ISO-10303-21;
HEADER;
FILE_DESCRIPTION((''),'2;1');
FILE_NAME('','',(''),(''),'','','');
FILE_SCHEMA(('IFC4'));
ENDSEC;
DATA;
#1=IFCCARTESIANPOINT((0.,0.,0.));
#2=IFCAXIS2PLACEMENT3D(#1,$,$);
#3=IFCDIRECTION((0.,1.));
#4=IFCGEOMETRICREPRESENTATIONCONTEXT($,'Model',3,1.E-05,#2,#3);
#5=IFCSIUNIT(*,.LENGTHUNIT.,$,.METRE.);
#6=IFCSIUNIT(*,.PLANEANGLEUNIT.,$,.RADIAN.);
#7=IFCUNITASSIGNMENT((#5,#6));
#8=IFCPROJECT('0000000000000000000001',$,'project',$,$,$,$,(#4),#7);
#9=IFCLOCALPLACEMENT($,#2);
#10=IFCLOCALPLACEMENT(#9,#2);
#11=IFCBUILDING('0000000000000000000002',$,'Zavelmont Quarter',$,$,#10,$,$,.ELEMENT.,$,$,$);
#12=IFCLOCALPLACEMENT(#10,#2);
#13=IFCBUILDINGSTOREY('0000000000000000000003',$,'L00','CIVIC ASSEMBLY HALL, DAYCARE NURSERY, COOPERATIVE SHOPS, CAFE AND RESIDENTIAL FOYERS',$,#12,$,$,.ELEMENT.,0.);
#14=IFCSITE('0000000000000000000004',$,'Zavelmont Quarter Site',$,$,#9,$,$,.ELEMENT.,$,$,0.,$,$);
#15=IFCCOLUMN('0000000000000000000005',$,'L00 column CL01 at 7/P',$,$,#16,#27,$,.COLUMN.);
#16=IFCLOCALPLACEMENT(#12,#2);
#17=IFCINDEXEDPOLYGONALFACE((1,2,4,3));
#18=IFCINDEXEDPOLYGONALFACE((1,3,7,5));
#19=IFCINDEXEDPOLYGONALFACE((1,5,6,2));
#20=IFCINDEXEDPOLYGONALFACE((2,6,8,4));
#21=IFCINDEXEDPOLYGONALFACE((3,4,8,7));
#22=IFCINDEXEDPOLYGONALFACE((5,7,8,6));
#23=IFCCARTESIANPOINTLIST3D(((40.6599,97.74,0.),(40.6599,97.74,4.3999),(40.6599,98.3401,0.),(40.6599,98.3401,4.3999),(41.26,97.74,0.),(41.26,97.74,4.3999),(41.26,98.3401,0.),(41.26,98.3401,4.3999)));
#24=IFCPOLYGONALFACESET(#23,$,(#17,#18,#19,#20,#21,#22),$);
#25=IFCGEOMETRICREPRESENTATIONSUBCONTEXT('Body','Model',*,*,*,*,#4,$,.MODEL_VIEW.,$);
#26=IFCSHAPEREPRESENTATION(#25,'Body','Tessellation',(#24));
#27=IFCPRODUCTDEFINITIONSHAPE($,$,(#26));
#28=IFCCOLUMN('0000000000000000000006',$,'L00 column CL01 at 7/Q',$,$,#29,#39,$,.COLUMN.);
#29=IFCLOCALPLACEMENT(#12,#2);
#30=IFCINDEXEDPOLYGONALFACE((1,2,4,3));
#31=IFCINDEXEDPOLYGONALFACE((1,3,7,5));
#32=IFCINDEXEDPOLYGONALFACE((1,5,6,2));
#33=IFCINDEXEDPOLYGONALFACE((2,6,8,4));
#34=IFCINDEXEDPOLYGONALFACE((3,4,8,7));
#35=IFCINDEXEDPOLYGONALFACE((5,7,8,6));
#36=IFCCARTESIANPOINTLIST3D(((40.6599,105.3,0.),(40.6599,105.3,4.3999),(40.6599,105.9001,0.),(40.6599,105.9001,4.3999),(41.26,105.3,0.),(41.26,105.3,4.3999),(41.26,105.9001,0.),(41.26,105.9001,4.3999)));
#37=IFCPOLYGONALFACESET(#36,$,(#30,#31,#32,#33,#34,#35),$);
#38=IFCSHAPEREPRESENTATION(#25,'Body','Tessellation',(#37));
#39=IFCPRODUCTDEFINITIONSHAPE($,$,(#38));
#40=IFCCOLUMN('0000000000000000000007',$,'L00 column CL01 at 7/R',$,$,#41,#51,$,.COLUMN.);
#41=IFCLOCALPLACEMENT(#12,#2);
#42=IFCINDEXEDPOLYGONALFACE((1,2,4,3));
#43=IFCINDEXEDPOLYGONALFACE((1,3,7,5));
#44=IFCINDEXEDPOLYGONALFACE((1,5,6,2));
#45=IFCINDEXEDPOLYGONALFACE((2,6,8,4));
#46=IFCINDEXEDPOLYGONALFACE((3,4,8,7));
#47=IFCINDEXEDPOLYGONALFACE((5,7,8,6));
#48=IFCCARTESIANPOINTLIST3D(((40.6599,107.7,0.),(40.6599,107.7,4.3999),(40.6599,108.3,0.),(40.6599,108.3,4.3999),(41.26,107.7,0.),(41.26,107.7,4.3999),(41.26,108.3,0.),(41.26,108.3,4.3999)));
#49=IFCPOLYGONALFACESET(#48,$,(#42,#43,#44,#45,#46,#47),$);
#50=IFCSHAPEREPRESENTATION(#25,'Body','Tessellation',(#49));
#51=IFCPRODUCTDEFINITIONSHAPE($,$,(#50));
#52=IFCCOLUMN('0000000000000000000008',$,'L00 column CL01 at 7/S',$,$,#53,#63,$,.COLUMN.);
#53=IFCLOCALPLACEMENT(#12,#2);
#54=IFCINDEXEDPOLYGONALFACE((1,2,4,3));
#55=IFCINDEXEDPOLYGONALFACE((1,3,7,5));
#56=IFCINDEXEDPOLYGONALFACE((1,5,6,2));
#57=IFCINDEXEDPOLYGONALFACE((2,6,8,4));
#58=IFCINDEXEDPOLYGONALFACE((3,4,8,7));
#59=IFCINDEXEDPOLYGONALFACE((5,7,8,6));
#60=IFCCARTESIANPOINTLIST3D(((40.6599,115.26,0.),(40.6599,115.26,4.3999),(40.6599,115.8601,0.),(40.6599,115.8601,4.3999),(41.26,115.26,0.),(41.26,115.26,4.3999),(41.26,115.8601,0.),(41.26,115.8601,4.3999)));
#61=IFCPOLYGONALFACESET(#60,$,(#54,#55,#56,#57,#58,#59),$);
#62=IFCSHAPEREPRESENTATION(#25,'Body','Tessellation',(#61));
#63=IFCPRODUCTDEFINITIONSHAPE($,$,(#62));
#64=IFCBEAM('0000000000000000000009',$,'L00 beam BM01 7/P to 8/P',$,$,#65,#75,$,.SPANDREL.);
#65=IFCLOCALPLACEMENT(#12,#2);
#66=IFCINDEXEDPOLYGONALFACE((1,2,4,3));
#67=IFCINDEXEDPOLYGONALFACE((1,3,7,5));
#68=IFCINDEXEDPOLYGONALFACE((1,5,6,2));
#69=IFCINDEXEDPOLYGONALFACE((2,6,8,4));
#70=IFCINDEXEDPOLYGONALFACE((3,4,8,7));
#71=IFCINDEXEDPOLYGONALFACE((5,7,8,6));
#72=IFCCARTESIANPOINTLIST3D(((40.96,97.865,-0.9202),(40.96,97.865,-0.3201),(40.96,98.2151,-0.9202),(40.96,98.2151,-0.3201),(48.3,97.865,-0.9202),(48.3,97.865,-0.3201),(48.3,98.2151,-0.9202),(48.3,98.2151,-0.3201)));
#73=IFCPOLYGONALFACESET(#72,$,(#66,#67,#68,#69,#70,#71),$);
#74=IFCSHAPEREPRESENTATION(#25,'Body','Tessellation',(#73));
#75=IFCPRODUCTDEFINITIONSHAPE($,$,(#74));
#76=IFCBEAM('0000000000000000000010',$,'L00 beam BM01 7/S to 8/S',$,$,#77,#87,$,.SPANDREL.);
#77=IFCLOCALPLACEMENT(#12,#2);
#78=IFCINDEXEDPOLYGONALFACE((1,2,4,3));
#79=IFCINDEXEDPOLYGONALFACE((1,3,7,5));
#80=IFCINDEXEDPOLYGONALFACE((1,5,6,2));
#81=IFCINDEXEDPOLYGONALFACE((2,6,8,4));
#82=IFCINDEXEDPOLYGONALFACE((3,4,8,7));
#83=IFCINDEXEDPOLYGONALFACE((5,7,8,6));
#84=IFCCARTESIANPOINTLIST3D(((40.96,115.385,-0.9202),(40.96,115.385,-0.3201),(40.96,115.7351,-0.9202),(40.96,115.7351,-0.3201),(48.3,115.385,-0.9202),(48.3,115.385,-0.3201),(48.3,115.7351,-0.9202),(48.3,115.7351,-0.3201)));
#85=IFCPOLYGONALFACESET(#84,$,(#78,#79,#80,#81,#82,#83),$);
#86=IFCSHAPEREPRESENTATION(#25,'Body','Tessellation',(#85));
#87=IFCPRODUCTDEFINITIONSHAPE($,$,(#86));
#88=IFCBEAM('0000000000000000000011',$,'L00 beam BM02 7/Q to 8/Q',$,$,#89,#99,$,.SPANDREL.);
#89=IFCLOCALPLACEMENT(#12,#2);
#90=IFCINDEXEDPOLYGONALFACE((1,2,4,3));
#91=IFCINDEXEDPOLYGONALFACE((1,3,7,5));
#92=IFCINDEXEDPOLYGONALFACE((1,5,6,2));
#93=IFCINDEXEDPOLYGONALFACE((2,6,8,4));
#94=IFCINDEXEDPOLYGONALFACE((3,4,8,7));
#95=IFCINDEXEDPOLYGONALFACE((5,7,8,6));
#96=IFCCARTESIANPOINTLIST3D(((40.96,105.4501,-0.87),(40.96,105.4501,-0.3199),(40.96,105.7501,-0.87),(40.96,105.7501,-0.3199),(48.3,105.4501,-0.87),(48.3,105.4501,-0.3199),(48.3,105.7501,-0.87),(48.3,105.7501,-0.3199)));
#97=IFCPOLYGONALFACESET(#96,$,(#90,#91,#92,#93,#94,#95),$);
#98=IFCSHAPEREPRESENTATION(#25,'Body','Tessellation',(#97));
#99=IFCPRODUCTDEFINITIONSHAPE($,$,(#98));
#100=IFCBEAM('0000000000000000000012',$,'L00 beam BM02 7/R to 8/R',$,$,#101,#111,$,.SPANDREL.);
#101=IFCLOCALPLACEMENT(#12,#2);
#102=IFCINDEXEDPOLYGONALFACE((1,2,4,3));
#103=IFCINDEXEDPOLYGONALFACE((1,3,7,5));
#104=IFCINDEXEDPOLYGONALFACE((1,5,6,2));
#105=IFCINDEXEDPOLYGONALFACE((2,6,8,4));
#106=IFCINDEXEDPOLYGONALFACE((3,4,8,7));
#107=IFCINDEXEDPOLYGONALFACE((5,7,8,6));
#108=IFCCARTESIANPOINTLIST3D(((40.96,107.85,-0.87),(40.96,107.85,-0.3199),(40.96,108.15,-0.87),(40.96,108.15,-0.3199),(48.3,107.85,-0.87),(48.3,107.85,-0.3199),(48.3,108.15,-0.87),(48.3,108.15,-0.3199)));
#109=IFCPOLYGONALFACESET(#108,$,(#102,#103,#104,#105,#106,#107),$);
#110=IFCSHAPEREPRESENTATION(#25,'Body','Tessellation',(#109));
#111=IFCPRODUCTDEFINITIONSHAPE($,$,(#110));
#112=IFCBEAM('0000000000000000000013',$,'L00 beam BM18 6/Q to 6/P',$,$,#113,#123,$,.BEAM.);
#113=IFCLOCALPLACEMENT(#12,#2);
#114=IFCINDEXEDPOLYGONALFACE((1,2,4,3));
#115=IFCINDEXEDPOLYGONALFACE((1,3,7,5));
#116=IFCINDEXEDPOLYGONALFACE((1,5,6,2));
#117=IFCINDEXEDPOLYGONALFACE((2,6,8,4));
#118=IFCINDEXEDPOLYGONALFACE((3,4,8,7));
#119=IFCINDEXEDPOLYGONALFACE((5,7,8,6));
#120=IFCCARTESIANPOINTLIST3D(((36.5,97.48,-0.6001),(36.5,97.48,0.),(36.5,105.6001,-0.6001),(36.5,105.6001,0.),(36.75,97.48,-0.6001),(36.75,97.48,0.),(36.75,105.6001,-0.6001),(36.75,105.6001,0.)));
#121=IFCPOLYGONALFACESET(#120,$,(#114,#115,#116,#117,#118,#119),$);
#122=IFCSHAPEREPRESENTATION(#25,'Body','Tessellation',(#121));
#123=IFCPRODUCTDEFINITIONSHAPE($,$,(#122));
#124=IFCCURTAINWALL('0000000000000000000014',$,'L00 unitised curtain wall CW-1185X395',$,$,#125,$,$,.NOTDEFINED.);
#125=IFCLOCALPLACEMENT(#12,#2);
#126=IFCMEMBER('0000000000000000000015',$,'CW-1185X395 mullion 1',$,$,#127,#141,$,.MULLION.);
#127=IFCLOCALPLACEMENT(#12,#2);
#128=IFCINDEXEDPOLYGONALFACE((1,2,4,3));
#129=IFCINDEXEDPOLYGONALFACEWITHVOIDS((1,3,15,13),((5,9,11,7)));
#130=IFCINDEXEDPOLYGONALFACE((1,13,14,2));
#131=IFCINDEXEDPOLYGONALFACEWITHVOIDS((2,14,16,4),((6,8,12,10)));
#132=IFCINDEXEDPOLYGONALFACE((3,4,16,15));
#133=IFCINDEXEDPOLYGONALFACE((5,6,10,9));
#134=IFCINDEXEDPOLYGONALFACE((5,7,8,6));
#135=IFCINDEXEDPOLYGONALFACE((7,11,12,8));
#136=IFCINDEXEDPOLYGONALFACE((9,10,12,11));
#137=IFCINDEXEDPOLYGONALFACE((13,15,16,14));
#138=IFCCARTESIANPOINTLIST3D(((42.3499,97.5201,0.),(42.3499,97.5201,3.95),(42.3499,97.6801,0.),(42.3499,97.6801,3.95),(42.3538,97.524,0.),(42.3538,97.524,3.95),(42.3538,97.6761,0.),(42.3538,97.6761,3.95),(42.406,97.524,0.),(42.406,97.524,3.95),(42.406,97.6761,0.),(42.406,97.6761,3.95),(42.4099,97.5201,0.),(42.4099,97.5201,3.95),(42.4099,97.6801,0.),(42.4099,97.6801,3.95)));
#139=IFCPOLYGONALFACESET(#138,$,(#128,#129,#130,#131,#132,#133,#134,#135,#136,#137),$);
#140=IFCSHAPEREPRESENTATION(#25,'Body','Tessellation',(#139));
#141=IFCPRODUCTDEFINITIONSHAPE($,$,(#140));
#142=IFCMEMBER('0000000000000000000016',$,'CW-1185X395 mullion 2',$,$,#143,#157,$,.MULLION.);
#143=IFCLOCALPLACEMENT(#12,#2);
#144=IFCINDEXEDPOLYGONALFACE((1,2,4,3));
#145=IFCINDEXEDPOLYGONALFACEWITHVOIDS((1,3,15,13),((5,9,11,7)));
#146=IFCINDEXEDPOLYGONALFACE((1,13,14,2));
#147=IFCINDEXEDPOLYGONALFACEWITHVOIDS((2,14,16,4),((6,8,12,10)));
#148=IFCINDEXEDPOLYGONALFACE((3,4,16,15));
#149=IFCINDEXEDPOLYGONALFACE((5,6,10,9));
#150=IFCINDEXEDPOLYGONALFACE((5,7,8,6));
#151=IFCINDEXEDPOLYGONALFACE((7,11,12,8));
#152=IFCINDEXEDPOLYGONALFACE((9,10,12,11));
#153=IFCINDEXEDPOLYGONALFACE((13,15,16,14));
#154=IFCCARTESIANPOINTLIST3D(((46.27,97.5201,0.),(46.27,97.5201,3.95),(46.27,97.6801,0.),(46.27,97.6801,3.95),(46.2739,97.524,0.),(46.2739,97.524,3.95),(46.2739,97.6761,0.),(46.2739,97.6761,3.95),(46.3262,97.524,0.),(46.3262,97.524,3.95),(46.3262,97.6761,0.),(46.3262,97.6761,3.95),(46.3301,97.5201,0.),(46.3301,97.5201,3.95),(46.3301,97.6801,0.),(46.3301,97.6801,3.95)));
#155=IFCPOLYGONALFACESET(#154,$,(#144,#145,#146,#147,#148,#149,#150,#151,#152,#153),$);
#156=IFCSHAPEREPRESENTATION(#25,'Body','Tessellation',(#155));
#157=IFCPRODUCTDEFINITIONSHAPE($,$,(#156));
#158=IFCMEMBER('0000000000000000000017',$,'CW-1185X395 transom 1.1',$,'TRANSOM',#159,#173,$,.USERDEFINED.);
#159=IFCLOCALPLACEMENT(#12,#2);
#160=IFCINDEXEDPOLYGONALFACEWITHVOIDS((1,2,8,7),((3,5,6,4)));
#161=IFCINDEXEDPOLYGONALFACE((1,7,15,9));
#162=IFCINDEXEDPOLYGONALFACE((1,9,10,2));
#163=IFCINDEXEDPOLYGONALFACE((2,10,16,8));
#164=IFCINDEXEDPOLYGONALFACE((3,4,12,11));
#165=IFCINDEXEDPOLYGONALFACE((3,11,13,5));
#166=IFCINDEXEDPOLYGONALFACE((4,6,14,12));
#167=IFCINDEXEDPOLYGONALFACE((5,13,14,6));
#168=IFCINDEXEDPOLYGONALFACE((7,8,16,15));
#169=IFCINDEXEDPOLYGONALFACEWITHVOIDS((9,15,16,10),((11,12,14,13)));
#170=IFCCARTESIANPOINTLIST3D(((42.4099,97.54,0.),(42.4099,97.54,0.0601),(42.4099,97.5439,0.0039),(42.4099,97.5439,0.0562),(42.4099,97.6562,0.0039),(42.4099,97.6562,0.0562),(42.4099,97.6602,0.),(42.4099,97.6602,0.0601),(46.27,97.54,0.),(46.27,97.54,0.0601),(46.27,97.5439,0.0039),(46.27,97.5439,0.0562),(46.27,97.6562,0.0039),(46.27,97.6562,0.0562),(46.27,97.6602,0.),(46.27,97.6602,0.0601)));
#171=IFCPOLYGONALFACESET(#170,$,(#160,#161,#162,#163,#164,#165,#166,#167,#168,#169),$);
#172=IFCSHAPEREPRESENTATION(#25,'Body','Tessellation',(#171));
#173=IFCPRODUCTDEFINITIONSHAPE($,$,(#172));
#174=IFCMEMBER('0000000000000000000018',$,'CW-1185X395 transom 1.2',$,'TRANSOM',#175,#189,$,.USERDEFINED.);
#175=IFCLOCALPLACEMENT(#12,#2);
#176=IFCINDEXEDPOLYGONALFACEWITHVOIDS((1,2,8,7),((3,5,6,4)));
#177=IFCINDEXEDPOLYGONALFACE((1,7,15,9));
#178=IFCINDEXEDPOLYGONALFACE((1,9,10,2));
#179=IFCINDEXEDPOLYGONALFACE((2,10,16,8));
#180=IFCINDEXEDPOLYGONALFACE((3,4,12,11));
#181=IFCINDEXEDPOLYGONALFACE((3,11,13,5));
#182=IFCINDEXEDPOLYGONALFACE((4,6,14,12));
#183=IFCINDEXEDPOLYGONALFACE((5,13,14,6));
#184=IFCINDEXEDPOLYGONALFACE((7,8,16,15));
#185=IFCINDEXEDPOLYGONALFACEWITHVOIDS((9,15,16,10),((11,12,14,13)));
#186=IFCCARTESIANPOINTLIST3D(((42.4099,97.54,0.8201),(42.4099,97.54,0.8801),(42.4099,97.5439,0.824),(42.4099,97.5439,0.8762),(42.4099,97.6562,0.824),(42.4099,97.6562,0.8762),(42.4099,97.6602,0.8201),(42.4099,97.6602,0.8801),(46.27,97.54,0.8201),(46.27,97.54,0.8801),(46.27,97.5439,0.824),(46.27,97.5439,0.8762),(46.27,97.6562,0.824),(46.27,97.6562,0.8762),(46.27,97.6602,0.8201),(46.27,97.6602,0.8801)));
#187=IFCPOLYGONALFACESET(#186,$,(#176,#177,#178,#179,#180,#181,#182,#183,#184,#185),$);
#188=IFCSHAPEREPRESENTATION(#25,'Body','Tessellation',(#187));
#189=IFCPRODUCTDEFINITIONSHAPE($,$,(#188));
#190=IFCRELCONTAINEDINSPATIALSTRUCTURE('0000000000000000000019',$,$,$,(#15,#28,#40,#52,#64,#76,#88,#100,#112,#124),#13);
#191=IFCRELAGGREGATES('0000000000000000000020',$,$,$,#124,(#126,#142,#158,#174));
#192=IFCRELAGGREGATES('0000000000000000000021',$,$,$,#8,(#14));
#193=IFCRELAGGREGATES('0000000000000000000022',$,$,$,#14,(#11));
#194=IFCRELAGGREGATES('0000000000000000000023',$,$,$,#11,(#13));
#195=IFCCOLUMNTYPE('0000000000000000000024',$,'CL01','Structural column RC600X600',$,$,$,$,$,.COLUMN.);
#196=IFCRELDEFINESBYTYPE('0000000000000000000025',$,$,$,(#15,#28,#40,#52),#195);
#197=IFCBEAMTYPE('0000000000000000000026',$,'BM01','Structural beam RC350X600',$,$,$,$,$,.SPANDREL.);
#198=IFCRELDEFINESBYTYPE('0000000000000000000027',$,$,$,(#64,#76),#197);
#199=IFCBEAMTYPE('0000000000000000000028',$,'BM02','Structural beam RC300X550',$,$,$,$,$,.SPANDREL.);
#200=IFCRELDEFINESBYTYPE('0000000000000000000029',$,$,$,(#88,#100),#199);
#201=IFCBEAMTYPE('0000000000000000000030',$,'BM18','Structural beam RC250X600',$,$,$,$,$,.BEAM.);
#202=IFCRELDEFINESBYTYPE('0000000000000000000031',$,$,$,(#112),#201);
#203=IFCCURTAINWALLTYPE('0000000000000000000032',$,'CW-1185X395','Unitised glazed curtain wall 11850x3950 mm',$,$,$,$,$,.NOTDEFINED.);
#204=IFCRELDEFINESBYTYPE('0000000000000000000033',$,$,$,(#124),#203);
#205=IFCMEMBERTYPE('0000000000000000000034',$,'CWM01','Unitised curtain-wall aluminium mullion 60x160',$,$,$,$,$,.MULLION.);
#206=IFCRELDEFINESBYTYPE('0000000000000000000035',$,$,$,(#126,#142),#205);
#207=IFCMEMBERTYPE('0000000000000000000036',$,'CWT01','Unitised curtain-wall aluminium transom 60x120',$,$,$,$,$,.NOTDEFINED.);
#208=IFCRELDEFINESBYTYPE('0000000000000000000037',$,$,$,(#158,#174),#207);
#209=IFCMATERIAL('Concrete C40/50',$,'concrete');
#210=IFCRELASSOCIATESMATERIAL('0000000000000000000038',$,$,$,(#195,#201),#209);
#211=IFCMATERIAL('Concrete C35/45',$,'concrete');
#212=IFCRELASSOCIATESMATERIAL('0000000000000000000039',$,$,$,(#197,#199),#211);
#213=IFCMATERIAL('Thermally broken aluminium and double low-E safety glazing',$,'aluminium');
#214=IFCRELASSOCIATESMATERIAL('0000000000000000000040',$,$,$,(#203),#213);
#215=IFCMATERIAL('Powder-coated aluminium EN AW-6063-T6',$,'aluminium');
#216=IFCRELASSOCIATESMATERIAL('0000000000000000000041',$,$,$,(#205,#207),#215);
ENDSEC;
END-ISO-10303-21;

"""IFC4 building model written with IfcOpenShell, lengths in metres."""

from ifc_helpers import new_model, si_unit, direction, frame, origin, origin_2d, place, context, subcontext, project, spatial, rectangle, hollow_rectangle, extrude, material, material_profile, profile_set, type_object, element, aggregate, save


model = new_model("IFC4")

# Units and contexts
model_context = context("Model", 3, precision=1e-05, world=origin(), true_north=direction((0.0, 1.0)))
body_context = subcontext(model_context, "Body", "Model", "MODEL_VIEW")
ifc_project = project(units=[si_unit("LENGTHUNIT", "METRE"), si_unit("PLANEANGLEUNIT", "RADIAN")], contexts=[model_context])

# Site, building, storey
site_placement = place(None, origin())
site = spatial("IfcSite", under=ifc_project, at=site_placement, Name="Zavelmont Quarter Site", CompositionType="ELEMENT", RefElevation=0.0)
building_placement = place(site_placement, origin())
building = spatial("IfcBuilding", under=site, at=building_placement, Name="Zavelmont Quarter", CompositionType="ELEMENT")
storey_placement = place(building_placement, origin())
storey = spatial("IfcBuildingStorey", under=building, at=storey_placement, Name="L00", Description="CIVIC ASSEMBLY HALL, DAYCARE NURSERY, COOPERATIVE SHOPS, CAFE AND RESIDENTIAL FOYERS", CompositionType="ELEMENT", Elevation=0.0)

# Columns
ifc_material_1 = material(Name="Concrete C40/50", Category="concrete")
ifc_material_profile_1 = material_profile(ifc_material_1, rectangle(XDim=0.6001, YDim=0.6001, at=origin_2d()), Name="RC600X600")
ifc_profile_set_1 = profile_set([ifc_material_profile_1], Name="Concrete C40/50")
column_type = type_object("IfcColumnType", Name="CL01", Description="Structural column RC600X600", PredefinedType="COLUMN", material=ifc_profile_set_1)
for number, where, z_axis, x_axis, name in (
    (1, (40.96, 98.04, 0.0), (0.0, 0.0, 1.0), (1.0, 0.0, 0.0), "L00 column CL01 at 7/P"),
    (2, (40.96, 105.6001, 0.0), (0.0, 0.0, 1.0), (1.0, 0.0, 0.0), "L00 column CL01 at 7/Q"),
    (3, (40.96, 108.0, 0.0), (0.0, 0.0, 1.0), (1.0, 0.0, 0.0), "L00 column CL01 at 7/R"),
    (4, (40.96, 115.5601, 0.0), (0.0, 0.0, 1.0), (1.0, 0.0, 0.0), "L00 column CL01 at 7/S"),
):
    element("IfcColumn", number, at=place(storey_placement, frame(where, z_axis=z_axis, x_axis=x_axis)), inside=storey, type_object=column_type, Name=name, PredefinedType="COLUMN", context=body_context, shape_type="SweptSolid", body=[
        extrude(rectangle(XDim=0.6001, YDim=0.6001, at=origin_2d()), origin(), (0.0, 0.0, 1.0), 4.3999),
    ])

# Beams
ifc_material_2 = material(Name="Concrete C35/45", Category="concrete")
ifc_material_profile_2 = material_profile(ifc_material_2, rectangle(XDim=0.3501, YDim=0.6001, at=origin_2d()), Name="RC350X600")
ifc_profile_set_2 = profile_set([ifc_material_profile_2], Name="Concrete C35/45")
beam_type_1 = type_object("IfcBeamType", Name="BM01", Description="Structural beam RC350X600", PredefinedType="SPANDREL", material=ifc_profile_set_2)
for number, where, z_axis, x_axis, name in (
    (5, (40.96, 98.04, -0.6201), (1.0, 0.0, 0.0), (0.0, 1.0, 0.0), "L00 beam BM01 7/P to 8/P"),
    (6, (40.96, 115.5601, -0.6201), (1.0, 0.0, 0.0), (0.0, 1.0, 0.0), "L00 beam BM01 7/S to 8/S"),
):
    element("IfcBeam", number, at=place(storey_placement, frame(where, z_axis=z_axis, x_axis=x_axis)), inside=storey, type_object=beam_type_1, Name=name, PredefinedType="SPANDREL", context=body_context, shape_type="SweptSolid", body=[
        extrude(rectangle(XDim=0.3501, YDim=0.6001, at=origin_2d()), origin(), (0.0, 0.0, 1.0), 7.3401),
    ])
ifc_material_profile_3 = material_profile(ifc_material_2, rectangle(XDim=0.3, YDim=0.55, at=origin_2d()), Name="RC300X550")
ifc_profile_set_3 = profile_set([ifc_material_profile_3], Name="Concrete C35/45")
beam_type_2 = type_object("IfcBeamType", Name="BM02", Description="Structural beam RC300X550", PredefinedType="SPANDREL", material=ifc_profile_set_3)
for number, where, z_axis, x_axis, name in (
    (7, (40.96, 105.6001, -0.595), (1.0, 0.0, 0.0), (0.0, 1.0, 0.0), "L00 beam BM02 7/Q to 8/Q"),
    (8, (40.96, 108.0, -0.595), (1.0, 0.0, 0.0), (0.0, 1.0, 0.0), "L00 beam BM02 7/R to 8/R"),
):
    element("IfcBeam", number, at=place(storey_placement, frame(where, z_axis=z_axis, x_axis=x_axis)), inside=storey, type_object=beam_type_2, Name=name, PredefinedType="SPANDREL", context=body_context, shape_type="SweptSolid", body=[
        extrude(rectangle(XDim=0.3, YDim=0.55, at=origin_2d()), origin(), (0.0, 0.0, 1.0), 7.3401),
    ])
ifc_material_profile_4 = material_profile(ifc_material_1, rectangle(XDim=0.25, YDim=0.6001, at=origin_2d()), Name="RC250X600")
ifc_profile_set_4 = profile_set([ifc_material_profile_4], Name="Concrete C40/50")
beam_type_3 = type_object("IfcBeamType", Name="BM18", Description="Structural beam RC250X600", PredefinedType="BEAM", material=ifc_profile_set_4)
beam_placement = place(storey_placement, frame((36.625, 105.6001, -0.3), z_axis=(0.0, -1.0, 0.0), x_axis=(1.0, 0.0, 0.0)))
element("IfcBeam", 9, at=beam_placement, inside=storey, type_object=beam_type_3, Name="L00 beam BM18 6/Q to 6/P", PredefinedType="BEAM", context=body_context, shape_type="SweptSolid", body=[
    extrude(rectangle(XDim=0.25, YDim=0.6001, at=origin_2d()), origin(), (0.0, 0.0, 1.0), 8.1201),
])

# Curtain wall, members
ifc_material_3 = material(Name="Thermally broken aluminium and double low-E safety glazing", Category="aluminium")
curtain_wall_type_1 = type_object("IfcCurtainWallType", Name="CW-1185X395", Description="Unitised glazed curtain wall 11850x3950 mm", PredefinedType="NOTDEFINED", material=ifc_material_3)
curtain_wall_1_placement = place(storey_placement, origin())
curtain_wall_1 = element("IfcCurtainWall", 10, at=curtain_wall_1_placement, inside=storey, type_object=curtain_wall_type_1, Name="L00 unitised curtain wall CW-1185X395", PredefinedType="NOTDEFINED")
ifc_material_4 = material(Name="Powder-coated aluminium EN AW-6063-T6", Category="aluminium")
ifc_material_profile_5 = material_profile(ifc_material_4, hollow_rectangle(XDim=0.0601, YDim=0.1599, WallThickness=0.0039, at=origin_2d()), Name="CWM60X160")
ifc_profile_set_5 = profile_set([ifc_material_profile_5], Name="Powder-coated aluminium EN AW-6063-T6")
member_type_1 = type_object("IfcMemberType", Name="CWM01", Description="Unitised curtain-wall aluminium mullion 60x160", PredefinedType="MULLION", material=ifc_profile_set_5)
member_1_placement = place(storey_placement, frame((42.3799, 97.6001, 0.0), z_axis=(0.0, 0.0, 1.0), x_axis=(1.0, 0.0, 0.0)))
member_1 = element("IfcMember", 11, at=member_1_placement, type_object=member_type_1, Name="CW-1185X395 mullion 1", PredefinedType="MULLION", context=body_context, shape_type="SweptSolid", body=[
    extrude(hollow_rectangle(XDim=0.0601, YDim=0.1599, WallThickness=0.0039, at=origin_2d()), origin(), (0.0, 0.0, 1.0), 3.95),
])
member_2_placement = place(storey_placement, frame((46.3, 97.6001, 0.0), z_axis=(0.0, 0.0, 1.0), x_axis=(1.0, 0.0, 0.0)))
member_2 = element("IfcMember", 12, at=member_2_placement, type_object=member_type_1, Name="CW-1185X395 mullion 2", PredefinedType="MULLION", context=body_context, shape_type="SweptSolid", body=[
    extrude(hollow_rectangle(XDim=0.0601, YDim=0.1599, WallThickness=0.0039, at=origin_2d()), origin(), (0.0, 0.0, 1.0), 3.95),
])
ifc_material_profile_6 = material_profile(ifc_material_4, hollow_rectangle(XDim=0.1201, YDim=0.0601, WallThickness=0.0039, at=origin_2d()), Name="CWT60X120")
ifc_profile_set_6 = profile_set([ifc_material_profile_6], Name="Powder-coated aluminium EN AW-6063-T6")
member_type_2 = type_object("IfcMemberType", Name="CWT01", Description="Unitised curtain-wall aluminium transom 60x120", PredefinedType="NOTDEFINED", material=ifc_profile_set_6)
member_3_placement = place(storey_placement, frame((42.4099, 97.6001, 0.03), z_axis=(1.0, 0.0, 0.0), x_axis=(0.0, 1.0, 0.0)))
member_3 = element("IfcMember", 13, at=member_3_placement, type_object=member_type_2, Name="CW-1185X395 transom 1.1", ObjectType="TRANSOM", PredefinedType="USERDEFINED", context=body_context, shape_type="SweptSolid", body=[
    extrude(hollow_rectangle(XDim=0.1201, YDim=0.0601, WallThickness=0.0039, at=origin_2d()), origin(), (0.0, 0.0, 1.0), 3.8601),
])
member_4_placement = place(storey_placement, frame((42.4099, 97.6001, 0.8501), z_axis=(1.0, 0.0, 0.0), x_axis=(0.0, 1.0, 0.0)))
member_4 = element("IfcMember", 14, at=member_4_placement, type_object=member_type_2, Name="CW-1185X395 transom 1.2", ObjectType="TRANSOM", PredefinedType="USERDEFINED", context=body_context, shape_type="SweptSolid", body=[
    extrude(hollow_rectangle(XDim=0.1201, YDim=0.0601, WallThickness=0.0039, at=origin_2d()), origin(), (0.0, 0.0, 1.0), 3.8601),
])

aggregate(curtain_wall_1, [member_1, member_2, member_3, member_4])

save(model, "model.ifc")
